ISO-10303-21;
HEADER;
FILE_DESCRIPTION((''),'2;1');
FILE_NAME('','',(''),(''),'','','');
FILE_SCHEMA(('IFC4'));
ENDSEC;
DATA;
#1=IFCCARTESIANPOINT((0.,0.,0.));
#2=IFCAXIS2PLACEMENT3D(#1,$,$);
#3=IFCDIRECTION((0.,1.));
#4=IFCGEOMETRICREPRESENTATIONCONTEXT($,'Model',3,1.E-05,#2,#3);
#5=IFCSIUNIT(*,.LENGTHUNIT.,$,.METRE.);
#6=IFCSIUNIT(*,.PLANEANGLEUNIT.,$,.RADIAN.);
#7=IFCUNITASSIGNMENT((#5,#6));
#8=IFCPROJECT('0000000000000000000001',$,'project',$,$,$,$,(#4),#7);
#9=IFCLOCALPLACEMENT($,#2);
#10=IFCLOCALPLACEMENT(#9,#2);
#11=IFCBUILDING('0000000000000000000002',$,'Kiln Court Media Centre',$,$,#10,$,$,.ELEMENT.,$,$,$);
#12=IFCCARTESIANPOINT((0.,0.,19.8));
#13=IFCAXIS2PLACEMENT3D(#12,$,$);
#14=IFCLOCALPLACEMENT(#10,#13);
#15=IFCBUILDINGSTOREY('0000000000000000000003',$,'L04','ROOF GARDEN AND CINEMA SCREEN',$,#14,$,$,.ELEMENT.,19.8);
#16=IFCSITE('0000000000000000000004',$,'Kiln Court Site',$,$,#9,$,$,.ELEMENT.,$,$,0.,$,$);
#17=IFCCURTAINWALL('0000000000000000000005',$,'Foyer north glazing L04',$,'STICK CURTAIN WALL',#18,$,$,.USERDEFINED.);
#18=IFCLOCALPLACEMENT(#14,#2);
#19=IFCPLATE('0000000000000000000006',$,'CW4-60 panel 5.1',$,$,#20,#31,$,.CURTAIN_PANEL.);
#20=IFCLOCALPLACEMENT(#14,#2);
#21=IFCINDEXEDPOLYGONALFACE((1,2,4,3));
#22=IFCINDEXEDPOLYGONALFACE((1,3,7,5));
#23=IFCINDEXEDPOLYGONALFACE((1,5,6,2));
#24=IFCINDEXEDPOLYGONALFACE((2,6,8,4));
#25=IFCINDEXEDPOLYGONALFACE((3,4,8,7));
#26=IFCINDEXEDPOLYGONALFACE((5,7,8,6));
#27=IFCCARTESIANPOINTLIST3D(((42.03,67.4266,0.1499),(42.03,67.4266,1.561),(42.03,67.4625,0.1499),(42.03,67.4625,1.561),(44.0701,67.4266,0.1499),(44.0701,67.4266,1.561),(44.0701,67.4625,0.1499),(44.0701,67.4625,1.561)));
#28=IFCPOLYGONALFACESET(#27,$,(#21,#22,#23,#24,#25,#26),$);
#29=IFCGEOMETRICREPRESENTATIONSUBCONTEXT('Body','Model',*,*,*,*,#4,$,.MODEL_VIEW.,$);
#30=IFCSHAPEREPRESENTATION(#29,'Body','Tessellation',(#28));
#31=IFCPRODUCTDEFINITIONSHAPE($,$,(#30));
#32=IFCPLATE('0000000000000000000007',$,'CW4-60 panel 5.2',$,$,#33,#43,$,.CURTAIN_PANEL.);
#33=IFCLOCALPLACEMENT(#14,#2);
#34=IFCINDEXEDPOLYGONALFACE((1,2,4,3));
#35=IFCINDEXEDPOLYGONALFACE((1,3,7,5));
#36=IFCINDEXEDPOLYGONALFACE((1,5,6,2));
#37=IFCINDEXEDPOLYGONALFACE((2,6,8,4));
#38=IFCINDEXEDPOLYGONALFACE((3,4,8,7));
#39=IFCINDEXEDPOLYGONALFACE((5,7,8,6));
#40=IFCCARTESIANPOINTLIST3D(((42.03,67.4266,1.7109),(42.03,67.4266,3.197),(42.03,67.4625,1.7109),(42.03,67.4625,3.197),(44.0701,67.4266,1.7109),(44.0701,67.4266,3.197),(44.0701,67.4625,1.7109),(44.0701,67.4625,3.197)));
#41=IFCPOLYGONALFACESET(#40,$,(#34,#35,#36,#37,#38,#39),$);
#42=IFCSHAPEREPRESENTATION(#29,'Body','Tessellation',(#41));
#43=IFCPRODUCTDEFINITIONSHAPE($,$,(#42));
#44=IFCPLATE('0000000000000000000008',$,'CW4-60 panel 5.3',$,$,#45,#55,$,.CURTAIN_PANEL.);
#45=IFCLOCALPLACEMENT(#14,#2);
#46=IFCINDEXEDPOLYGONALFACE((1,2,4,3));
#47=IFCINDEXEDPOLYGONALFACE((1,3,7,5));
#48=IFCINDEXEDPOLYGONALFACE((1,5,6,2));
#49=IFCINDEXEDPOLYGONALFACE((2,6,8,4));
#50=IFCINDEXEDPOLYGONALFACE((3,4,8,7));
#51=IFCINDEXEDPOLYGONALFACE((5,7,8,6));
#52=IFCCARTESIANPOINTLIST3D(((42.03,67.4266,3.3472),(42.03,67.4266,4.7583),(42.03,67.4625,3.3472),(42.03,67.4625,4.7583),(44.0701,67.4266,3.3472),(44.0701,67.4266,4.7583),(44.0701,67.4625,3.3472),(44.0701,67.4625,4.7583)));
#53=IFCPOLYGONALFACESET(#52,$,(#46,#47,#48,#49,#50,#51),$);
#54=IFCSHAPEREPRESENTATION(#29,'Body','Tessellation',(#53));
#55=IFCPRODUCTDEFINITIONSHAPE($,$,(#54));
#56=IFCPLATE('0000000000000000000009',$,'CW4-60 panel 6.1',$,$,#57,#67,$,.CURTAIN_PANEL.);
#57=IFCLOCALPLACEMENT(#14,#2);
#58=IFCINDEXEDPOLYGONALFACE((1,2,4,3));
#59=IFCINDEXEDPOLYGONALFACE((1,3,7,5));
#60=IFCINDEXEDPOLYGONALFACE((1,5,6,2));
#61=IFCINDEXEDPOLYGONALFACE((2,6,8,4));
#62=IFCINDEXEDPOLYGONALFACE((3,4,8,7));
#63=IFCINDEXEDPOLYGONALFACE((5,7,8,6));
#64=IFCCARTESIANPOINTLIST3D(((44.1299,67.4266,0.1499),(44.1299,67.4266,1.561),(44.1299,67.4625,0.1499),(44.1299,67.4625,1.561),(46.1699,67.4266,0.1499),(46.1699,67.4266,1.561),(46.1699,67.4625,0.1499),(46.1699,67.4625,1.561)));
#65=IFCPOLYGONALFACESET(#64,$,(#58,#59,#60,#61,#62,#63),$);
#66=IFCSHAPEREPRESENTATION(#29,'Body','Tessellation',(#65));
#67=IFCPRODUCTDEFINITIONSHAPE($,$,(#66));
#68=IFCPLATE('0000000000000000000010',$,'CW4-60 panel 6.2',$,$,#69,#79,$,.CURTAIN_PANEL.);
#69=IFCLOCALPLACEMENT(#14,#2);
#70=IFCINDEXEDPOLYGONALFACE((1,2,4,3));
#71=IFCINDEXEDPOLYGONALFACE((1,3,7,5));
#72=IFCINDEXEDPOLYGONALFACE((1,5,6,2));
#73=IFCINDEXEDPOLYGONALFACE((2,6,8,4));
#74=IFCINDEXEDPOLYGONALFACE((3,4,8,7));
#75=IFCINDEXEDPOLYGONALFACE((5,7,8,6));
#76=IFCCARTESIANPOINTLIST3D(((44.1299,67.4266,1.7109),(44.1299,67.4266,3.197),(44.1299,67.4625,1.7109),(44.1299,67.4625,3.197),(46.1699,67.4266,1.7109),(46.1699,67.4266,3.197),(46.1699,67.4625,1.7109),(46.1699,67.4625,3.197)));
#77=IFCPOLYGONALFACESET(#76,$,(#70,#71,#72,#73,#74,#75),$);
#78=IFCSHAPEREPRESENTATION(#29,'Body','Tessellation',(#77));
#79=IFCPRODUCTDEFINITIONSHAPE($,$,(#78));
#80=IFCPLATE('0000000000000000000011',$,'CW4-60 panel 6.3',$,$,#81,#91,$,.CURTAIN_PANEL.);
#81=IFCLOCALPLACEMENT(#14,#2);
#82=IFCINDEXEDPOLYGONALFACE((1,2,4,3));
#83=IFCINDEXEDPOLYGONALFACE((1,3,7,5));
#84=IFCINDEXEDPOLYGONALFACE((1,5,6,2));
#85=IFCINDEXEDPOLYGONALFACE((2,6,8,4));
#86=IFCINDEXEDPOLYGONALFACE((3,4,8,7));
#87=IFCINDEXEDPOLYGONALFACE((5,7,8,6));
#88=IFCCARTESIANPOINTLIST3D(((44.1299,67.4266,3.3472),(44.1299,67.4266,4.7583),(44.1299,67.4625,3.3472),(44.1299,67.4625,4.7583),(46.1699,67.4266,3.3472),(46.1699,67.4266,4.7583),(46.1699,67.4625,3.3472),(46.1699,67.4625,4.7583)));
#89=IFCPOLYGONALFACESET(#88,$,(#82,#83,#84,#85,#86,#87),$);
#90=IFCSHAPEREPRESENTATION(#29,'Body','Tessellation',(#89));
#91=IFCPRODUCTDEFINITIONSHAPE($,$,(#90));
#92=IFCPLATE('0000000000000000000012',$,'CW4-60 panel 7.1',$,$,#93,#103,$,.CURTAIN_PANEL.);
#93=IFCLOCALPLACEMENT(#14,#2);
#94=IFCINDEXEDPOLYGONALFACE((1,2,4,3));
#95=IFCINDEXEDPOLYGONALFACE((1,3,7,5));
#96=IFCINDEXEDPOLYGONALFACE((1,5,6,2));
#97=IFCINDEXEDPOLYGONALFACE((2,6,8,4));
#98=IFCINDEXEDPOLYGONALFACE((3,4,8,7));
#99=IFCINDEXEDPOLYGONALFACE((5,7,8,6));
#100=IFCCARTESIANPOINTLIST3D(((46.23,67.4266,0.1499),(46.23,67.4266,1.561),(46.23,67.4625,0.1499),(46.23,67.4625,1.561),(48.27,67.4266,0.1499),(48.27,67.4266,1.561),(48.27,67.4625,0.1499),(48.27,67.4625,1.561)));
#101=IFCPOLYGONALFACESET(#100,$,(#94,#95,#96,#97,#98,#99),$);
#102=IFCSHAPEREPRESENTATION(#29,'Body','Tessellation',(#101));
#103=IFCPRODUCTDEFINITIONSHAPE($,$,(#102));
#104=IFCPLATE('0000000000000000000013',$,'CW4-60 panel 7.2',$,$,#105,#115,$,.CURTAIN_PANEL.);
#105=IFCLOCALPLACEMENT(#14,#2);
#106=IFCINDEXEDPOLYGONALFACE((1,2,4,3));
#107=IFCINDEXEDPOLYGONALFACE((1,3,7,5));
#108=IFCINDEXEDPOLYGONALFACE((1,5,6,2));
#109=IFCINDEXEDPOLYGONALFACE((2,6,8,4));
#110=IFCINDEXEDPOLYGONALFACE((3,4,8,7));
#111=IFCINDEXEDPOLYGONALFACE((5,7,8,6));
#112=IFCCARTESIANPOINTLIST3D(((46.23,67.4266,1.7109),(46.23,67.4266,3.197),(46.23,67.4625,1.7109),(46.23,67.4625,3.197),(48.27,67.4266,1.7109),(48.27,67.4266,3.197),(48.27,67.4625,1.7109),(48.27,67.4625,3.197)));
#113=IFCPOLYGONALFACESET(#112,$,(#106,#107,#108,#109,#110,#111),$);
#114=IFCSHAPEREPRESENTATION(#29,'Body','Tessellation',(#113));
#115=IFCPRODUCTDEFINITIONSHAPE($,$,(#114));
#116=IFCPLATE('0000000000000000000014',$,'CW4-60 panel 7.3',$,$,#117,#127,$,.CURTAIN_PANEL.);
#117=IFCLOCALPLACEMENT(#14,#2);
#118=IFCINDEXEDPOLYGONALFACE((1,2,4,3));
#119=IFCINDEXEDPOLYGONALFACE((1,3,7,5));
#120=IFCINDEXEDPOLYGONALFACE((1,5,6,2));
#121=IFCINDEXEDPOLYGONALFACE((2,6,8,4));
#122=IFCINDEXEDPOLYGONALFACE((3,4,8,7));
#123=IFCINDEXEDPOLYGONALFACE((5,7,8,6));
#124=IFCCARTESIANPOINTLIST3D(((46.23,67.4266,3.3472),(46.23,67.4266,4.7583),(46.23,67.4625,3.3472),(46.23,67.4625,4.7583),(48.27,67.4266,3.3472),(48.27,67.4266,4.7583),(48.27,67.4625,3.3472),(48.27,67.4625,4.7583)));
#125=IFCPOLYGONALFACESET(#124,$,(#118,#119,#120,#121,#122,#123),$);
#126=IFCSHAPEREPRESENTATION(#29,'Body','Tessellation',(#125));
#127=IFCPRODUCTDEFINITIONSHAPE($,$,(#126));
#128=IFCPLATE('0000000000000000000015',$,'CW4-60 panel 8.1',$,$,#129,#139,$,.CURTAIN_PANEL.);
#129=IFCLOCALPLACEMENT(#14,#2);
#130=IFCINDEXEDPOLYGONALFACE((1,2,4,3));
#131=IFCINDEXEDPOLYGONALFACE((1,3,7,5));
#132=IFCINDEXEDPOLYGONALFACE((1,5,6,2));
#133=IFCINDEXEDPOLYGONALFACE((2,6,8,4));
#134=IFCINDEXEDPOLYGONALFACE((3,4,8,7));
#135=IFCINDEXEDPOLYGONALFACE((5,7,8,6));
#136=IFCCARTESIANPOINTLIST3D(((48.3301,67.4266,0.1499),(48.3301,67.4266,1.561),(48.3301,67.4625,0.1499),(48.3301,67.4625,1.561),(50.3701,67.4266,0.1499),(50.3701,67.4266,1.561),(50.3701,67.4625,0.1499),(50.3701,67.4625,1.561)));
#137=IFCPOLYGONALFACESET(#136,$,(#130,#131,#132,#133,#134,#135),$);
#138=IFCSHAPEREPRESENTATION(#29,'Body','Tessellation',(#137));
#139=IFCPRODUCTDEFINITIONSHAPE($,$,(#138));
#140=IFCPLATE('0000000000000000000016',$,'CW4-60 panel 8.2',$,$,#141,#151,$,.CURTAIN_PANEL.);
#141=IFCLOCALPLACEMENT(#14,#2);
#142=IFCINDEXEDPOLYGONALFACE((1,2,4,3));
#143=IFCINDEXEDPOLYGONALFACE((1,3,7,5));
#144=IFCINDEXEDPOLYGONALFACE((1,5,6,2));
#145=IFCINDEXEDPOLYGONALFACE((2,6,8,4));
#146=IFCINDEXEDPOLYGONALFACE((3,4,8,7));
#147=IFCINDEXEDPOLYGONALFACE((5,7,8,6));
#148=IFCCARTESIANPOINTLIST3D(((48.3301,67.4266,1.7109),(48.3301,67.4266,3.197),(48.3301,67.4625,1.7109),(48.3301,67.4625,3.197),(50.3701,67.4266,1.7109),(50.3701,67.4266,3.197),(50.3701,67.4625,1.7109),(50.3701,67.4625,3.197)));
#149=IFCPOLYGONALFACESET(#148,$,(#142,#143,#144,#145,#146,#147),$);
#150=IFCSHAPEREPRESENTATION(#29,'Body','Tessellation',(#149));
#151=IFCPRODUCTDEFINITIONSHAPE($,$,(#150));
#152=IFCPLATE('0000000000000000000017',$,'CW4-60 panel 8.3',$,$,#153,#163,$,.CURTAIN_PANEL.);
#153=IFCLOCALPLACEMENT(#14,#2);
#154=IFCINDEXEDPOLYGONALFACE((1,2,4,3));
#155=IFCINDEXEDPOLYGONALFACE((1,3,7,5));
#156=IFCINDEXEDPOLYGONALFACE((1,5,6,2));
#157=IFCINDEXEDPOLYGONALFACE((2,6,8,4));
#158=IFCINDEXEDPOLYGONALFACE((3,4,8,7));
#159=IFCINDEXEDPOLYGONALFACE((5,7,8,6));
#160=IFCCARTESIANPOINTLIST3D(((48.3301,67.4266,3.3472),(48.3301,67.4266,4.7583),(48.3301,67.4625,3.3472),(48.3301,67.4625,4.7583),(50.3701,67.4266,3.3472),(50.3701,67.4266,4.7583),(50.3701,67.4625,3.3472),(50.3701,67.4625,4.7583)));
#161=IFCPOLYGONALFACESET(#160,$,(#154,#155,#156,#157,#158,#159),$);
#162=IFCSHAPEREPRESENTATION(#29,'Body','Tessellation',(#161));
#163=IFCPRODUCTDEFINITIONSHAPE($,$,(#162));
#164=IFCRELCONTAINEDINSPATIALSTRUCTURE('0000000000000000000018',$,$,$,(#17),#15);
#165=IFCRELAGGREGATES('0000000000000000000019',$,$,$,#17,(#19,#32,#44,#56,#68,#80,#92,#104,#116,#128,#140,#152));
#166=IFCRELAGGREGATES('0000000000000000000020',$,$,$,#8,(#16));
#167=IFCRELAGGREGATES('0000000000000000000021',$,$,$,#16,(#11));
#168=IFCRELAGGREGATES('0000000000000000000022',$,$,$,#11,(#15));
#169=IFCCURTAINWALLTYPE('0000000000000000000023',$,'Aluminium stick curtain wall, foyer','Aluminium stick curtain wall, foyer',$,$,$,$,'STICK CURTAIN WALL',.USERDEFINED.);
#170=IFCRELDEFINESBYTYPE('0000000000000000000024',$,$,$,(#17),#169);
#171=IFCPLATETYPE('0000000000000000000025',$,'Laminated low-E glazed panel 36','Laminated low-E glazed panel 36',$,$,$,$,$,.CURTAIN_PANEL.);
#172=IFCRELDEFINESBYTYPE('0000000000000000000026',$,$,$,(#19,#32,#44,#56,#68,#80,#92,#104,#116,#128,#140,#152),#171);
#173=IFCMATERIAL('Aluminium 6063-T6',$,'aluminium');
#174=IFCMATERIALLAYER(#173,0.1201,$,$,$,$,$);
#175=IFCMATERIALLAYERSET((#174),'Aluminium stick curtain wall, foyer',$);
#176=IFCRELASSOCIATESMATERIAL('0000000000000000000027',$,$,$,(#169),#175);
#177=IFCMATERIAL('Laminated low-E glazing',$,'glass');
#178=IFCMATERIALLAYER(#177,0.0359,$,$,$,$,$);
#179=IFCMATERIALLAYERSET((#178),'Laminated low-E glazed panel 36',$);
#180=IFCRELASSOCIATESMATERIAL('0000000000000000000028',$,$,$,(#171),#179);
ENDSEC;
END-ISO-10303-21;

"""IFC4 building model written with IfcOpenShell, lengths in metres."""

from ifc_helpers import new_model, si_unit, direction, frame, origin, origin_2d, place, context, subcontext, project, spatial, rectangle, extrude, material, layer, layer_set, type_object, element, aggregate, save


model = new_model("IFC4")

# Units and contexts
model_context = context("Model", 3, precision=1e-05, world=origin(), true_north=direction((0.0, 1.0)))
body_context = subcontext(model_context, "Body", "Model", "MODEL_VIEW")
ifc_project = project(units=[si_unit("LENGTHUNIT", "METRE"), si_unit("PLANEANGLEUNIT", "RADIAN")], contexts=[model_context])

# Site, building, storey
site_placement = place(None, origin())
site = spatial("IfcSite", under=ifc_project, at=site_placement, Name="Kiln Court Site", CompositionType="ELEMENT", RefElevation=0.0)
building_placement = place(site_placement, origin())
building = spatial("IfcBuilding", under=site, at=building_placement, Name="Kiln Court Media Centre", CompositionType="ELEMENT")
storey_placement = place(building_placement, frame((0.0, 0.0, 19.8)))
storey = spatial("IfcBuildingStorey", under=building, at=storey_placement, Name="L04", Description="ROOF GARDEN AND CINEMA SCREEN", CompositionType="ELEMENT", Elevation=19.8)

# Curtain wall, plates
ifc_material_1 = material(Name="Aluminium 6063-T6", Category="aluminium")
ifc_layer_1 = layer(ifc_material_1, 0.1201)
ifc_layer_set_1 = layer_set([ifc_layer_1], Name="Aluminium stick curtain wall, foyer")
curtain_wall_type = type_object("IfcCurtainWallType", Name="Aluminium stick curtain wall, foyer", Description="Aluminium stick curtain wall, foyer", ElementType="STICK CURTAIN WALL", PredefinedType="USERDEFINED", material=ifc_layer_set_1)
curtain_wall_placement = place(storey_placement, origin())
curtain_wall = element("IfcCurtainWall", 1, at=curtain_wall_placement, inside=storey, type_object=curtain_wall_type, Name="Foyer north glazing L04", ObjectType="STICK CURTAIN WALL", PredefinedType="USERDEFINED")
ifc_material_2 = material(Name="Laminated low-E glazing", Category="glass")
ifc_layer_2 = layer(ifc_material_2, 0.0359)
ifc_layer_set_2 = layer_set([ifc_layer_2], Name="Laminated low-E glazed panel 36")
plate_type = type_object("IfcPlateType", Name="Laminated low-E glazed panel 36", Description="Laminated low-E glazed panel 36", PredefinedType="CURTAIN_PANEL", material=ifc_layer_set_2)
plate_1_placement = place(storey_placement, frame((43.05, 67.4446, 0.1499), z_axis=(0.0, 0.0, 1.0), x_axis=(1.0, 0.0, 0.0)))
plate_1 = element("IfcPlate", 2, at=plate_1_placement, type_object=plate_type, Name="CW4-60 panel 5.1", PredefinedType="CURTAIN_PANEL", context=body_context, shape_type="SweptSolid", body=[
    extrude(rectangle(XDim=2.04, YDim=0.0359, at=origin_2d()), origin(), (0.0, 0.0, 1.0), 1.4111),
])
plate_2_placement = place(storey_placement, frame((43.05, 67.4446, 1.7109), z_axis=(0.0, 0.0, 1.0), x_axis=(1.0, 0.0, 0.0)))
plate_2 = element("IfcPlate", 3, at=plate_2_placement, type_object=plate_type, Name="CW4-60 panel 5.2", PredefinedType="CURTAIN_PANEL", context=body_context, shape_type="SweptSolid", body=[
    extrude(rectangle(XDim=2.04, YDim=0.0359, at=origin_2d()), origin(), (0.0, 0.0, 1.0), 1.4861),
])
plate_3_placement = place(storey_placement, frame((43.05, 67.4446, 3.3472), z_axis=(0.0, 0.0, 1.0), x_axis=(1.0, 0.0, 0.0)))
plate_3 = element("IfcPlate", 4, at=plate_3_placement, type_object=plate_type, Name="CW4-60 panel 5.3", PredefinedType="CURTAIN_PANEL", context=body_context, shape_type="SweptSolid", body=[
    extrude(rectangle(XDim=2.04, YDim=0.0359, at=origin_2d()), origin(), (0.0, 0.0, 1.0), 1.4111),
])
plate_4_placement = place(storey_placement, frame((45.1499, 67.4446, 0.1499), z_axis=(0.0, 0.0, 1.0), x_axis=(1.0, 0.0, 0.0)))
plate_4 = element("IfcPlate", 5, at=plate_4_placement, type_object=plate_type, Name="CW4-60 panel 6.1", PredefinedType="CURTAIN_PANEL", context=body_context, shape_type="SweptSolid", body=[
    extrude(rectangle(XDim=2.04, YDim=0.0359, at=origin_2d()), origin(), (0.0, 0.0, 1.0), 1.4111),
])
plate_5_placement = place(storey_placement, frame((45.1499, 67.4446, 1.7109), z_axis=(0.0, 0.0, 1.0), x_axis=(1.0, 0.0, 0.0)))
plate_5 = element("IfcPlate", 6, at=plate_5_placement, type_object=plate_type, Name="CW4-60 panel 6.2", PredefinedType="CURTAIN_PANEL", context=body_context, shape_type="SweptSolid", body=[
    extrude(rectangle(XDim=2.04, YDim=0.0359, at=origin_2d()), origin(), (0.0, 0.0, 1.0), 1.4861),
])
plate_6_placement = place(storey_placement, frame((45.1499, 67.4446, 3.3472), z_axis=(0.0, 0.0, 1.0), x_axis=(1.0, 0.0, 0.0)))
plate_6 = element("IfcPlate", 7, at=plate_6_placement, type_object=plate_type, Name="CW4-60 panel 6.3", PredefinedType="CURTAIN_PANEL", context=body_context, shape_type="SweptSolid", body=[
    extrude(rectangle(XDim=2.04, YDim=0.0359, at=origin_2d()), origin(), (0.0, 0.0, 1.0), 1.4111),
])
plate_7_placement = place(storey_placement, frame((47.25, 67.4446, 0.1499), z_axis=(0.0, 0.0, 1.0), x_axis=(1.0, 0.0, 0.0)))
plate_7 = element("IfcPlate", 8, at=plate_7_placement, type_object=plate_type, Name="CW4-60 panel 7.1", PredefinedType="CURTAIN_PANEL", context=body_context, shape_type="SweptSolid", body=[
    extrude(rectangle(XDim=2.04, YDim=0.0359, at=origin_2d()), origin(), (0.0, 0.0, 1.0), 1.4111),
])
plate_8_placement = place(storey_placement, frame((47.25, 67.4446, 1.7109), z_axis=(0.0, 0.0, 1.0), x_axis=(1.0, 0.0, 0.0)))
plate_8 = element("IfcPlate", 9, at=plate_8_placement, type_object=plate_type, Name="CW4-60 panel 7.2", PredefinedType="CURTAIN_PANEL", context=body_context, shape_type="SweptSolid", body=[
    extrude(rectangle(XDim=2.04, YDim=0.0359, at=origin_2d()), origin(), (0.0, 0.0, 1.0), 1.4861),
])
plate_9_placement = place(storey_placement, frame((47.25, 67.4446, 3.3472), z_axis=(0.0, 0.0, 1.0), x_axis=(1.0, 0.0, 0.0)))
plate_9 = element("IfcPlate", 10, at=plate_9_placement, type_object=plate_type, Name="CW4-60 panel 7.3", PredefinedType="CURTAIN_PANEL", context=body_context, shape_type="SweptSolid", body=[
    extrude(rectangle(XDim=2.04, YDim=0.0359, at=origin_2d()), origin(), (0.0, 0.0, 1.0), 1.4111),
])
plate_10_placement = place(storey_placement, frame((49.3501, 67.4446, 0.1499), z_axis=(0.0, 0.0, 1.0), x_axis=(1.0, 0.0, 0.0)))
plate_10 = element("IfcPlate", 11, at=plate_10_placement, type_object=plate_type, Name="CW4-60 panel 8.1", PredefinedType="CURTAIN_PANEL", context=body_context, shape_type="SweptSolid", body=[
    extrude(rectangle(XDim=2.04, YDim=0.0359, at=origin_2d()), origin(), (0.0, 0.0, 1.0), 1.4111),
])
plate_11_placement = place(storey_placement, frame((49.3501, 67.4446, 1.7109), z_axis=(0.0, 0.0, 1.0), x_axis=(1.0, 0.0, 0.0)))
plate_11 = element("IfcPlate", 12, at=plate_11_placement, type_object=plate_type, Name="CW4-60 panel 8.2", PredefinedType="CURTAIN_PANEL", context=body_context, shape_type="SweptSolid", body=[
    extrude(rectangle(XDim=2.04, YDim=0.0359, at=origin_2d()), origin(), (0.0, 0.0, 1.0), 1.4861),
])
plate_12_placement = place(storey_placement, frame((49.3501, 67.4446, 3.3472), z_axis=(0.0, 0.0, 1.0), x_axis=(1.0, 0.0, 0.0)))
plate_12 = element("IfcPlate", 13, at=plate_12_placement, type_object=plate_type, Name="CW4-60 panel 8.3", PredefinedType="CURTAIN_PANEL", context=body_context, shape_type="SweptSolid", body=[
    extrude(rectangle(XDim=2.04, YDim=0.0359, at=origin_2d()), origin(), (0.0, 0.0, 1.0), 1.4111),
])
aggregate(curtain_wall, [plate_1, plate_2, plate_3, plate_4, plate_5, plate_6, plate_7, plate_8, plate_9, plate_10, plate_11, plate_12])

save(model, "model.ifc")
